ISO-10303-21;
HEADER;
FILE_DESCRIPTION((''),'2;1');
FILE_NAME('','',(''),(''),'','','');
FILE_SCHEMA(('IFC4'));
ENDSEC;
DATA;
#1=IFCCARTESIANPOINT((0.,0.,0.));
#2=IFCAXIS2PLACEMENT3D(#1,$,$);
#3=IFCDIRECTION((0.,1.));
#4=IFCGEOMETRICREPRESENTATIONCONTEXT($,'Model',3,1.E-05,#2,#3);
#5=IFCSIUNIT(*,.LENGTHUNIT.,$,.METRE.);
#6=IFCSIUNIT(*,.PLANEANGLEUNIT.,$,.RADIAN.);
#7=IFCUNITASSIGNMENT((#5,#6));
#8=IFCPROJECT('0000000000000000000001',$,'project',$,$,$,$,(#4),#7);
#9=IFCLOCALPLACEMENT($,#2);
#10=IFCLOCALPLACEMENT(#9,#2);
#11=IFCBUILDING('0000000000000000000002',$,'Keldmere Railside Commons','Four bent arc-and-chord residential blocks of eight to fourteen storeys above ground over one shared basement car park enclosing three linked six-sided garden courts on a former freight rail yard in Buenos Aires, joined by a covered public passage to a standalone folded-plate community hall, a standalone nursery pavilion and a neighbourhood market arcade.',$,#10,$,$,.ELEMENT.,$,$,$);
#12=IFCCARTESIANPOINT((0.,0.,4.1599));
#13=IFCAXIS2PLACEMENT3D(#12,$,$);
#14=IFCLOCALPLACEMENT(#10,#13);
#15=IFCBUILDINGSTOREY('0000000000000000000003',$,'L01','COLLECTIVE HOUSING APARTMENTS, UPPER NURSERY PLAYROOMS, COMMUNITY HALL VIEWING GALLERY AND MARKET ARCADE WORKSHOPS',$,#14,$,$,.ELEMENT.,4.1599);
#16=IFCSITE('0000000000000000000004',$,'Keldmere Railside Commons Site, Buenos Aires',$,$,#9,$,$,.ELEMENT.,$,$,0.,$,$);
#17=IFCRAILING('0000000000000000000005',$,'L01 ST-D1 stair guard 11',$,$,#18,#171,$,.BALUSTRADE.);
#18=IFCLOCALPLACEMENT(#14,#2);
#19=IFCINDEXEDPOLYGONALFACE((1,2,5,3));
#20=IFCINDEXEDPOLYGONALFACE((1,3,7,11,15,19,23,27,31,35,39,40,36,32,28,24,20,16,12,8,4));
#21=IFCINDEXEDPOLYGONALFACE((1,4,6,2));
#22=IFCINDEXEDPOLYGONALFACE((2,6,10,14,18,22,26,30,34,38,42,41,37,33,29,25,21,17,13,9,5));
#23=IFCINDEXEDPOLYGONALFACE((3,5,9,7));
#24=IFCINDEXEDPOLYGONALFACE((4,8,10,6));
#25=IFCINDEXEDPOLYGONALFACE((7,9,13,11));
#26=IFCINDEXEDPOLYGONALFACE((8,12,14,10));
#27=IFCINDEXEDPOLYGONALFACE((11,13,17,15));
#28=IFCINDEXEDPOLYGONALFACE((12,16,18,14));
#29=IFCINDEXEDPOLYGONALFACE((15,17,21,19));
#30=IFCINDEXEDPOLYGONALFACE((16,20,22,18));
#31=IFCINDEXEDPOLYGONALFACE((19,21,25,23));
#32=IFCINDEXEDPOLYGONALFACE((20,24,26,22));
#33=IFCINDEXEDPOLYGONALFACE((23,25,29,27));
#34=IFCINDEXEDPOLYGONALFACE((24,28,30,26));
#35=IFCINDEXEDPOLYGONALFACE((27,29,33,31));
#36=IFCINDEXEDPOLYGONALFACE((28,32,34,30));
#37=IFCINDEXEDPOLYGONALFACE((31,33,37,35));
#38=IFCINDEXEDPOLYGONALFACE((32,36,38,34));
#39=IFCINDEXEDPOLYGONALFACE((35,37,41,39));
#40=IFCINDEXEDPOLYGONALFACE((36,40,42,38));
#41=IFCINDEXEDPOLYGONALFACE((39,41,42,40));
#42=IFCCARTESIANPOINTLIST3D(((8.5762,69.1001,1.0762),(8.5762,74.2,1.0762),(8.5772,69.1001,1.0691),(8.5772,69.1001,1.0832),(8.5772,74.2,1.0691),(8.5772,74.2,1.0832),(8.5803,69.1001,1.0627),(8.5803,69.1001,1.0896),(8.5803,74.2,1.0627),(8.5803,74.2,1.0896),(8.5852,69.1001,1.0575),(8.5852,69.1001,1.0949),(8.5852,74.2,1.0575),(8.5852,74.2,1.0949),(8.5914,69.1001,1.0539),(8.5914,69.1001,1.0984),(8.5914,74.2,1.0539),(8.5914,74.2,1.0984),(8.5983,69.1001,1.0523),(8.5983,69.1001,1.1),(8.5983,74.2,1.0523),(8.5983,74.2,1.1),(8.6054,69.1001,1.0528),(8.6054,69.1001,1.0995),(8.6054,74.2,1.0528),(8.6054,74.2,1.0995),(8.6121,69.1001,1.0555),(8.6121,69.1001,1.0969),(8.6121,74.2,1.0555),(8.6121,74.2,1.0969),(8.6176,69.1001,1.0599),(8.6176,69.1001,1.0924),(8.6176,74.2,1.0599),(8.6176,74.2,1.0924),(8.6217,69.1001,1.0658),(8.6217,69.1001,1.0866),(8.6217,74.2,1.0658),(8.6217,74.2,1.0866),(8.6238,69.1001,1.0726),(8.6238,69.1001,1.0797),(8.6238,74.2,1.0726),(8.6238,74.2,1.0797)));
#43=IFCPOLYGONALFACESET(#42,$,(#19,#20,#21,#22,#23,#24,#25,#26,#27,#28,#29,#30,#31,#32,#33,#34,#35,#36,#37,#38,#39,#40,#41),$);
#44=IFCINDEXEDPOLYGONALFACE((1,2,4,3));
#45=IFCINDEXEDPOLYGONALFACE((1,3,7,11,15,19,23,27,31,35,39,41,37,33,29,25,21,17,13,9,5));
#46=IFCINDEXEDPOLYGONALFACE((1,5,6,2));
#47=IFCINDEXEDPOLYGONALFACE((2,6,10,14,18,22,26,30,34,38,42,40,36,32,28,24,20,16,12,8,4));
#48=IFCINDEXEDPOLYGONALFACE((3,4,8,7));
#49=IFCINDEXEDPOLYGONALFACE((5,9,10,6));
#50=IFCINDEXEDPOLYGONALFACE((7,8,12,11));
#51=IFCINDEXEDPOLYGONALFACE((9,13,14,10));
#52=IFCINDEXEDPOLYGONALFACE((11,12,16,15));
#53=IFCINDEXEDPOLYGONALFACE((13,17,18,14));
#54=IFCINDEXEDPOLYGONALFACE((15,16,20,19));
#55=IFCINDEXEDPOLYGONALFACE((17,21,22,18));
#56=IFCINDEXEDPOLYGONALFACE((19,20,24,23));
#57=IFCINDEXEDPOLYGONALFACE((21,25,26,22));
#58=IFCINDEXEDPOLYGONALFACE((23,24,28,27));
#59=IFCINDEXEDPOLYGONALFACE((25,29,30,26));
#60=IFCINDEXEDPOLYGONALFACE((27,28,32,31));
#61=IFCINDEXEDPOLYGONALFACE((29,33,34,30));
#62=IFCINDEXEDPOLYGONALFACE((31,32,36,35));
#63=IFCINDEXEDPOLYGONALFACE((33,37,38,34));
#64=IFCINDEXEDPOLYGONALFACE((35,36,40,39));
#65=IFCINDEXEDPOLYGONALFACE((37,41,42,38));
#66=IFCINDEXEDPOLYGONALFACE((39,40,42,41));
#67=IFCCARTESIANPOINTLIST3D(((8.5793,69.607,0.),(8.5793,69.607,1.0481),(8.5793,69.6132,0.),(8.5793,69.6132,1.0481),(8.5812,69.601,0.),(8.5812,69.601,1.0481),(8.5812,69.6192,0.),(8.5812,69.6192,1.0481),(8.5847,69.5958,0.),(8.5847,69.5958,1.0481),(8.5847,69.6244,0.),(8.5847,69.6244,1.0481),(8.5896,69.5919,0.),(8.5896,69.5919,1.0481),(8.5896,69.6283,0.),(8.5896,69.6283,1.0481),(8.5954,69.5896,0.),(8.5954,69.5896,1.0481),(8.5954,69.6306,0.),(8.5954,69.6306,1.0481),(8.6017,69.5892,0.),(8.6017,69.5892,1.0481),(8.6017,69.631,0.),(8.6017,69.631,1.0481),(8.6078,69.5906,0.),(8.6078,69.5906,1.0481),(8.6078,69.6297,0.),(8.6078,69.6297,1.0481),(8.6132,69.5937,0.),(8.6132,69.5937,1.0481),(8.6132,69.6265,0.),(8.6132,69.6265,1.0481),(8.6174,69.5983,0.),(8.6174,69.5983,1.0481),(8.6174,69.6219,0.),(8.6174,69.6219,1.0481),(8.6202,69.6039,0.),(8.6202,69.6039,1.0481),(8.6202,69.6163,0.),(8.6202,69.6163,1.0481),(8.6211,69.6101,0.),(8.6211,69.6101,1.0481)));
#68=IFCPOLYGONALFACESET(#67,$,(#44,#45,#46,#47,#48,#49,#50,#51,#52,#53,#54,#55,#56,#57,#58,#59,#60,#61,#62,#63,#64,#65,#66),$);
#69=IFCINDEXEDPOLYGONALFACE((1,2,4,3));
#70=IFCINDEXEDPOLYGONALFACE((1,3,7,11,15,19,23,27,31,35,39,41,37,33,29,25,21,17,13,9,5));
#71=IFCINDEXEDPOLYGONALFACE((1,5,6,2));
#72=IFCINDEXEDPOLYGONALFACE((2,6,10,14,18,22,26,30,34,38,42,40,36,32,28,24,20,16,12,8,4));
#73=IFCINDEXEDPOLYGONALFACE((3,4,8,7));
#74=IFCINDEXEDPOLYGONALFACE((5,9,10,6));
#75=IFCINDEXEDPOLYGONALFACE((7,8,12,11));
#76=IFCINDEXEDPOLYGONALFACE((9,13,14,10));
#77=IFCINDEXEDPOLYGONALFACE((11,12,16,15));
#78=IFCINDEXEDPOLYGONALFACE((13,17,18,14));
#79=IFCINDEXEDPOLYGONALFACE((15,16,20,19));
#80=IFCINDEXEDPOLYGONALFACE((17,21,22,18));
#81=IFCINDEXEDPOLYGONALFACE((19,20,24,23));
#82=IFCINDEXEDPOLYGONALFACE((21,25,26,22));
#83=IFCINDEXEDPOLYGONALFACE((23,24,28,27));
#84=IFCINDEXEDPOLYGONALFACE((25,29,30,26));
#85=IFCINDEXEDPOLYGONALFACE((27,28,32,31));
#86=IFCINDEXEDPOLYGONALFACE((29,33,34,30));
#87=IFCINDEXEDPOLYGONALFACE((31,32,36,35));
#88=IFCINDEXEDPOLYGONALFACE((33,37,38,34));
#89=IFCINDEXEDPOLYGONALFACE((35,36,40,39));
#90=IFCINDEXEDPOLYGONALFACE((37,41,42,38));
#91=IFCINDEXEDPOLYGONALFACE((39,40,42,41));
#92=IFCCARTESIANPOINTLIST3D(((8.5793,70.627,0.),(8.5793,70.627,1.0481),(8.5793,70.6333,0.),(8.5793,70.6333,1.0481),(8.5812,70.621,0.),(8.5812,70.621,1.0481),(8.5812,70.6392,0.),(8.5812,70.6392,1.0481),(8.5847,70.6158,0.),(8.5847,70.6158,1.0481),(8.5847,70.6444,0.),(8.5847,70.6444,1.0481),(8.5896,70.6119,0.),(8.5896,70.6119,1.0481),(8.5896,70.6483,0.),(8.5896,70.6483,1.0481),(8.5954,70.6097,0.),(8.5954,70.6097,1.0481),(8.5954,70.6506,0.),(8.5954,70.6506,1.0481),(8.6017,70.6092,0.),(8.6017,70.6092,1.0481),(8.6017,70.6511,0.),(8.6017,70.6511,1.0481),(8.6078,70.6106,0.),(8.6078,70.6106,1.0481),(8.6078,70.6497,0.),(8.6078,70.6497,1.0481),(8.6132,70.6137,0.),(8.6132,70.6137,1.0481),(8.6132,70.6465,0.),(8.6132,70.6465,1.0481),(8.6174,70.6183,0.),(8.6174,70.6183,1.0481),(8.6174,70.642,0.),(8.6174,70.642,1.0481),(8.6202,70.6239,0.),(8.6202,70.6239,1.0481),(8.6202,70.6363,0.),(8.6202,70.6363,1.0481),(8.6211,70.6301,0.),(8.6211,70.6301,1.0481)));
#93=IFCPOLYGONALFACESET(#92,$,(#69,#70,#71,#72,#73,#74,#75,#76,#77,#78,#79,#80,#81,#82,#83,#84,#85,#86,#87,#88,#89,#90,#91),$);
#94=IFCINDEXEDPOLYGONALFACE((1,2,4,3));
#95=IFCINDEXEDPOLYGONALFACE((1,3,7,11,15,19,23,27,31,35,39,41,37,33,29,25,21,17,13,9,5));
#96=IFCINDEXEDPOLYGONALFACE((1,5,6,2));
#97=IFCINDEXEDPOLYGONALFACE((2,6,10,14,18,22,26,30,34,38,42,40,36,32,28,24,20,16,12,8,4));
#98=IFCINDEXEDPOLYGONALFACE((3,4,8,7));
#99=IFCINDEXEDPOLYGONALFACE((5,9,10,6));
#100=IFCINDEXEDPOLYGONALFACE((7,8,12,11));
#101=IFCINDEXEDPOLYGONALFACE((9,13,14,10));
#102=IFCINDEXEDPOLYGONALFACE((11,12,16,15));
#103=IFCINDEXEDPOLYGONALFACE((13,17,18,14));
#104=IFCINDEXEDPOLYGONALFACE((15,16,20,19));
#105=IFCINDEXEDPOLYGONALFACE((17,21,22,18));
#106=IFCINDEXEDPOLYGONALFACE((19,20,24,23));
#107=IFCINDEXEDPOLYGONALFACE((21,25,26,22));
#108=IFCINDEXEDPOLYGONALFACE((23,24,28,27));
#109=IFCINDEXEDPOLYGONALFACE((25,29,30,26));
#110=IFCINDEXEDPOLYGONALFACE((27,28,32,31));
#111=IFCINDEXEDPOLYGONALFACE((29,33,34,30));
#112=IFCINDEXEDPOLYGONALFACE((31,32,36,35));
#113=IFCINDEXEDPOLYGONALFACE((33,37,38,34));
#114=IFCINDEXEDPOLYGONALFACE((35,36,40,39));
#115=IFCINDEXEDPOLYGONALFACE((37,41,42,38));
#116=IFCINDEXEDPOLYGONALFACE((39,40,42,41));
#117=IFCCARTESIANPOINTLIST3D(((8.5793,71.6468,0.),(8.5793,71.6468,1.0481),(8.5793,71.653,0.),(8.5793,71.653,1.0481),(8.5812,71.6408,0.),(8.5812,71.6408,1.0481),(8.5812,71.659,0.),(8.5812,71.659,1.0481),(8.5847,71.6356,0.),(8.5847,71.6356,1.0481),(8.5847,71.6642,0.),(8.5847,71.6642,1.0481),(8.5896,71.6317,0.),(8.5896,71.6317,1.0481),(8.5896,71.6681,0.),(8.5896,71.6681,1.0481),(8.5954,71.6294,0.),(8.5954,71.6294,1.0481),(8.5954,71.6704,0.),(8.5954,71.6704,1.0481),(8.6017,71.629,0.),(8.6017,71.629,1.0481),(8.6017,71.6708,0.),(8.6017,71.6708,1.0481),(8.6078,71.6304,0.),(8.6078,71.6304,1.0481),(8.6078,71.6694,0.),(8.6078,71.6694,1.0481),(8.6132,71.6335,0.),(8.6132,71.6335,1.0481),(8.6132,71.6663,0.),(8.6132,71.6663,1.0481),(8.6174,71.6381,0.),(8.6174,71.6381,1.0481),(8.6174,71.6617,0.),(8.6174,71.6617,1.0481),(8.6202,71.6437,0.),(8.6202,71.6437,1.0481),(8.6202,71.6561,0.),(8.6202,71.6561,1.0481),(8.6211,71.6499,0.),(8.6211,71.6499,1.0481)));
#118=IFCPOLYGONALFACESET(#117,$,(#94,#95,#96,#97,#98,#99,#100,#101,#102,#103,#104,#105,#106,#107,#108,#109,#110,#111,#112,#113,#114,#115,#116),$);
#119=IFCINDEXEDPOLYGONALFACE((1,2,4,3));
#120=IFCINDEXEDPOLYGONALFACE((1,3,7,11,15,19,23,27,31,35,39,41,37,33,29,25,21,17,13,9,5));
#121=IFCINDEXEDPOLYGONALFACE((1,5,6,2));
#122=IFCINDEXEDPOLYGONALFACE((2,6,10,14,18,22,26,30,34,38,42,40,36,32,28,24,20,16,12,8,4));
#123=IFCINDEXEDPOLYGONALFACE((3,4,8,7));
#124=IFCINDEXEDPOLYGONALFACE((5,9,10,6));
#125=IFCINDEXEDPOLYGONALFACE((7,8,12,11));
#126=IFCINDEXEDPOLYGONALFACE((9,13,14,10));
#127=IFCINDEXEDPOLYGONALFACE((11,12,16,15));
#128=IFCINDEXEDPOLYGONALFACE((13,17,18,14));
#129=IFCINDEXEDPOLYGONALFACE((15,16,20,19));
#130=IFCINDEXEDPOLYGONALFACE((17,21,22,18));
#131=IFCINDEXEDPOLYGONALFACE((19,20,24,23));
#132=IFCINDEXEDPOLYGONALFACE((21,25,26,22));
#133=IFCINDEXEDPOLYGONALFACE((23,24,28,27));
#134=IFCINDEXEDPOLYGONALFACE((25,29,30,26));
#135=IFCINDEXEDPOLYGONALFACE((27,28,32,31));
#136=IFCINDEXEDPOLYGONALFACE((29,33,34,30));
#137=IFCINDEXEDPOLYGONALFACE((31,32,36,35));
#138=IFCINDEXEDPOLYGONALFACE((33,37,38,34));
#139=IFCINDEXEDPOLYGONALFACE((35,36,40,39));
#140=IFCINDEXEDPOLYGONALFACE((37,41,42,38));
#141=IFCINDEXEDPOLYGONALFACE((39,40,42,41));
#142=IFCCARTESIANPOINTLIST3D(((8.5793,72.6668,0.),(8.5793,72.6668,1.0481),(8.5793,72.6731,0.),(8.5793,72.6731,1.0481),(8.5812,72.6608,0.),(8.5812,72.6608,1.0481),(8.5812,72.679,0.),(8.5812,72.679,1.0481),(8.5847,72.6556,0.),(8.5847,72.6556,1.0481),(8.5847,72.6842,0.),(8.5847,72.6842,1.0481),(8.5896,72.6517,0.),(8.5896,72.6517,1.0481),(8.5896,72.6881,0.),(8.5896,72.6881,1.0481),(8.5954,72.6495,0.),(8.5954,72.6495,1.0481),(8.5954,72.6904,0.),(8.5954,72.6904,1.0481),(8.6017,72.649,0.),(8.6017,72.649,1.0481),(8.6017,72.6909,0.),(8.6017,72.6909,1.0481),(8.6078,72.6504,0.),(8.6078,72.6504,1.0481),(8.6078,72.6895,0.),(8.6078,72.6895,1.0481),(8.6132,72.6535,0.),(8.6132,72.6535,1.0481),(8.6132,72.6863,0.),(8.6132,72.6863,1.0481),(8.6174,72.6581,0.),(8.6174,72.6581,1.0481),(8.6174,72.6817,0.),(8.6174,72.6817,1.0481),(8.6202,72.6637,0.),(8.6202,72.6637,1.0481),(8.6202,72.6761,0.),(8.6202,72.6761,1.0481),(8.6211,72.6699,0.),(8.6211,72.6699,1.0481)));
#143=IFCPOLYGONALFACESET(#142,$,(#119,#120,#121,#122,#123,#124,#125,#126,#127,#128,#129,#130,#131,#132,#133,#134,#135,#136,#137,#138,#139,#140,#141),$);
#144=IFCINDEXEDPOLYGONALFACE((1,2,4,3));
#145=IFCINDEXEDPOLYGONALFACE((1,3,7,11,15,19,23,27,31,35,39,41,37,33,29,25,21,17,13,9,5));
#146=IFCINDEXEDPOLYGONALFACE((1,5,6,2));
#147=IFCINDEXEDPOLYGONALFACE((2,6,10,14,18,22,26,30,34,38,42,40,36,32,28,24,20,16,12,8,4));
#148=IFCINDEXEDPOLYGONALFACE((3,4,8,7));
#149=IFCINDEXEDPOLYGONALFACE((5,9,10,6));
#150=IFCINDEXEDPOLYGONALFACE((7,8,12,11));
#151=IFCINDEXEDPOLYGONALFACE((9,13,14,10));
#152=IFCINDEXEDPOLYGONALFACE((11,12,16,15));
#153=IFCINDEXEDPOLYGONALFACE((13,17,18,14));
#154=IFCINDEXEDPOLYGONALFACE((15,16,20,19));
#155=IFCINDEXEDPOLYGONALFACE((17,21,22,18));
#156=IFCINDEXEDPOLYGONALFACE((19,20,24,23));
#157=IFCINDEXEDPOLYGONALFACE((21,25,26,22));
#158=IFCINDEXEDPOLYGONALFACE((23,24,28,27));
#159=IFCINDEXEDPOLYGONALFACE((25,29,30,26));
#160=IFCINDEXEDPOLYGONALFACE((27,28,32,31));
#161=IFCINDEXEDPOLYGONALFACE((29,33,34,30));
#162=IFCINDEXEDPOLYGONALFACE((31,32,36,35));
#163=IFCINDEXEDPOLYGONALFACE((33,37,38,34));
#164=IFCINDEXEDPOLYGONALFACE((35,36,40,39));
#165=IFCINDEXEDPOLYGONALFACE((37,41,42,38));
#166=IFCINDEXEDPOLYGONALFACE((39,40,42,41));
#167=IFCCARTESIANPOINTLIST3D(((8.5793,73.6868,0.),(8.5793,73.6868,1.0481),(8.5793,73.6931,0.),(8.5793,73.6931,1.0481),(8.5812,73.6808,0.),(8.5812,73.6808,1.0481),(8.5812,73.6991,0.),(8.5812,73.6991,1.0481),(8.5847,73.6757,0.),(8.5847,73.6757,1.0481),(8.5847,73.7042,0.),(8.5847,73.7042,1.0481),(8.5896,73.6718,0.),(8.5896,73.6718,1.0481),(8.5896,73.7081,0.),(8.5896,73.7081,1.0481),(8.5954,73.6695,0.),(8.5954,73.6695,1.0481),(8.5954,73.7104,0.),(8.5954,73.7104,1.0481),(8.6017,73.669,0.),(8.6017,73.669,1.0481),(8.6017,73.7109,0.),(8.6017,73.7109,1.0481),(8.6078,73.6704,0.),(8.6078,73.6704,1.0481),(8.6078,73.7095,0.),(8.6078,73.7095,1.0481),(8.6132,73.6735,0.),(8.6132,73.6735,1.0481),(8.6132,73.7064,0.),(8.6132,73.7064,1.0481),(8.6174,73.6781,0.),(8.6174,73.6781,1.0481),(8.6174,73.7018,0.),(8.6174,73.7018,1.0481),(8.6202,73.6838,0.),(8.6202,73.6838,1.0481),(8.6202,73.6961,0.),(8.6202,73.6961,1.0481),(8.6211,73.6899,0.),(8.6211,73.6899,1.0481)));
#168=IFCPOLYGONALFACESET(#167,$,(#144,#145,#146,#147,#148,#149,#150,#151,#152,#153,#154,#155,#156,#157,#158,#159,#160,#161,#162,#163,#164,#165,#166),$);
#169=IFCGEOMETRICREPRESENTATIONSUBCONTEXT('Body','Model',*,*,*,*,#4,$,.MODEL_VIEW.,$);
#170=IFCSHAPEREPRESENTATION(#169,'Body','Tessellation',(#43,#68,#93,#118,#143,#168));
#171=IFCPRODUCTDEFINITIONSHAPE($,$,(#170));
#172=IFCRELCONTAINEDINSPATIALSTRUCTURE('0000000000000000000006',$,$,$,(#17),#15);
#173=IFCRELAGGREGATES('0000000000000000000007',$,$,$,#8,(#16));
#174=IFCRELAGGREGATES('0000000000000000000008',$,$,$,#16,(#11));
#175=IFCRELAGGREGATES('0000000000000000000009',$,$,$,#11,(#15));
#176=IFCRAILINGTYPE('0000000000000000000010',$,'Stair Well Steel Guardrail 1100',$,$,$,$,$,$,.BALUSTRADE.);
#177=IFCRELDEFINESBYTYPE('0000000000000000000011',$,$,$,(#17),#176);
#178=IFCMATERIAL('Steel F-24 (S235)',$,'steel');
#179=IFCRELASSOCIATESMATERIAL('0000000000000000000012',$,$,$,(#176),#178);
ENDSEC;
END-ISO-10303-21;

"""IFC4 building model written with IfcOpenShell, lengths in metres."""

from ifc_helpers import new_model, si_unit, direction, frame, origin, origin_2d, place, context, subcontext, project, spatial, circle, extrude, material, type_object, element, save


model = new_model("IFC4")

# Units and contexts
model_context = context("Model", 3, precision=1e-05, world=origin(), true_north=direction((0.0, 1.0)))
body_context = subcontext(model_context, "Body", "Model", "MODEL_VIEW")
ifc_project = project(units=[si_unit("LENGTHUNIT", "METRE"), si_unit("PLANEANGLEUNIT", "RADIAN")], contexts=[model_context])

# Site, building, storey
site_placement = place(None, origin())
site = spatial("IfcSite", under=ifc_project, at=site_placement, Name="Keldmere Railside Commons Site, Buenos Aires", CompositionType="ELEMENT", RefElevation=0.0)
building_placement = place(site_placement, origin())
building = spatial("IfcBuilding", under=site, at=building_placement, Name="Keldmere Railside Commons", Description="Four bent arc-and-chord residential blocks of eight to fourteen storeys above ground over one shared basement car park enclosing three linked six-sided garden courts on a former freight rail yard in Buenos Aires, joined by a covered public passage to a standalone folded-plate community hall, a standalone nursery pavilion and a neighbourhood market arcade.", CompositionType="ELEMENT")
storey_placement = place(building_placement, frame((0.0, 0.0, 4.1599)))
storey = spatial("IfcBuildingStorey", under=building, at=storey_placement, Name="L01", Description="COLLECTIVE HOUSING APARTMENTS, UPPER NURSERY PLAYROOMS, COMMUNITY HALL VIEWING GALLERY AND MARKET ARCADE WORKSHOPS", CompositionType="ELEMENT", Elevation=4.1599)

# Railing
ifc_material_1 = material(Name="Steel F-24 (S235)", Category="steel")
railing_type_1 = type_object("IfcRailingType", Name="Stair Well Steel Guardrail 1100", PredefinedType="BALUSTRADE", material=ifc_material_1)
for number, where, name in (
    (1, (8.6001, 69.1001, 0.0), "L01 ST-D1 stair guard 11"),
):
    element("IfcRailing", number, at=place(storey_placement, frame(where)), inside=storey, type_object=railing_type_1, Name=name, PredefinedType="BALUSTRADE", context=body_context, shape_type="SweptSolid", body=[
        extrude(circle(Radius=0.0239, at=origin_2d()), frame((0.0, 0.0, 1.0762), z_axis=(0.0, 1.0, 0.0), x_axis=(-1.0, 0.0, 0.0)), (0.0, 0.0, 1.0), 5.0999),
        extrude(circle(Radius=0.021, at=origin_2d()), frame((0.0, 0.51, 0.0)), (0.0, 0.0, 1.0), 1.0481),
        extrude(circle(Radius=0.021, at=origin_2d()), frame((0.0, 1.53, 0.0)), (0.0, 0.0, 1.0), 1.0481),
        extrude(circle(Radius=0.021, at=origin_2d()), frame((0.0, 2.5498, 0.0)), (0.0, 0.0, 1.0), 1.0481),
        extrude(circle(Radius=0.021, at=origin_2d()), frame((0.0, 3.5698, 0.0)), (0.0, 0.0, 1.0), 1.0481),
        extrude(circle(Radius=0.021, at=origin_2d()), frame((0.0, 4.5898, 0.0)), (0.0, 0.0, 1.0), 1.0481),
    ])

save(model, "model.ifc")
